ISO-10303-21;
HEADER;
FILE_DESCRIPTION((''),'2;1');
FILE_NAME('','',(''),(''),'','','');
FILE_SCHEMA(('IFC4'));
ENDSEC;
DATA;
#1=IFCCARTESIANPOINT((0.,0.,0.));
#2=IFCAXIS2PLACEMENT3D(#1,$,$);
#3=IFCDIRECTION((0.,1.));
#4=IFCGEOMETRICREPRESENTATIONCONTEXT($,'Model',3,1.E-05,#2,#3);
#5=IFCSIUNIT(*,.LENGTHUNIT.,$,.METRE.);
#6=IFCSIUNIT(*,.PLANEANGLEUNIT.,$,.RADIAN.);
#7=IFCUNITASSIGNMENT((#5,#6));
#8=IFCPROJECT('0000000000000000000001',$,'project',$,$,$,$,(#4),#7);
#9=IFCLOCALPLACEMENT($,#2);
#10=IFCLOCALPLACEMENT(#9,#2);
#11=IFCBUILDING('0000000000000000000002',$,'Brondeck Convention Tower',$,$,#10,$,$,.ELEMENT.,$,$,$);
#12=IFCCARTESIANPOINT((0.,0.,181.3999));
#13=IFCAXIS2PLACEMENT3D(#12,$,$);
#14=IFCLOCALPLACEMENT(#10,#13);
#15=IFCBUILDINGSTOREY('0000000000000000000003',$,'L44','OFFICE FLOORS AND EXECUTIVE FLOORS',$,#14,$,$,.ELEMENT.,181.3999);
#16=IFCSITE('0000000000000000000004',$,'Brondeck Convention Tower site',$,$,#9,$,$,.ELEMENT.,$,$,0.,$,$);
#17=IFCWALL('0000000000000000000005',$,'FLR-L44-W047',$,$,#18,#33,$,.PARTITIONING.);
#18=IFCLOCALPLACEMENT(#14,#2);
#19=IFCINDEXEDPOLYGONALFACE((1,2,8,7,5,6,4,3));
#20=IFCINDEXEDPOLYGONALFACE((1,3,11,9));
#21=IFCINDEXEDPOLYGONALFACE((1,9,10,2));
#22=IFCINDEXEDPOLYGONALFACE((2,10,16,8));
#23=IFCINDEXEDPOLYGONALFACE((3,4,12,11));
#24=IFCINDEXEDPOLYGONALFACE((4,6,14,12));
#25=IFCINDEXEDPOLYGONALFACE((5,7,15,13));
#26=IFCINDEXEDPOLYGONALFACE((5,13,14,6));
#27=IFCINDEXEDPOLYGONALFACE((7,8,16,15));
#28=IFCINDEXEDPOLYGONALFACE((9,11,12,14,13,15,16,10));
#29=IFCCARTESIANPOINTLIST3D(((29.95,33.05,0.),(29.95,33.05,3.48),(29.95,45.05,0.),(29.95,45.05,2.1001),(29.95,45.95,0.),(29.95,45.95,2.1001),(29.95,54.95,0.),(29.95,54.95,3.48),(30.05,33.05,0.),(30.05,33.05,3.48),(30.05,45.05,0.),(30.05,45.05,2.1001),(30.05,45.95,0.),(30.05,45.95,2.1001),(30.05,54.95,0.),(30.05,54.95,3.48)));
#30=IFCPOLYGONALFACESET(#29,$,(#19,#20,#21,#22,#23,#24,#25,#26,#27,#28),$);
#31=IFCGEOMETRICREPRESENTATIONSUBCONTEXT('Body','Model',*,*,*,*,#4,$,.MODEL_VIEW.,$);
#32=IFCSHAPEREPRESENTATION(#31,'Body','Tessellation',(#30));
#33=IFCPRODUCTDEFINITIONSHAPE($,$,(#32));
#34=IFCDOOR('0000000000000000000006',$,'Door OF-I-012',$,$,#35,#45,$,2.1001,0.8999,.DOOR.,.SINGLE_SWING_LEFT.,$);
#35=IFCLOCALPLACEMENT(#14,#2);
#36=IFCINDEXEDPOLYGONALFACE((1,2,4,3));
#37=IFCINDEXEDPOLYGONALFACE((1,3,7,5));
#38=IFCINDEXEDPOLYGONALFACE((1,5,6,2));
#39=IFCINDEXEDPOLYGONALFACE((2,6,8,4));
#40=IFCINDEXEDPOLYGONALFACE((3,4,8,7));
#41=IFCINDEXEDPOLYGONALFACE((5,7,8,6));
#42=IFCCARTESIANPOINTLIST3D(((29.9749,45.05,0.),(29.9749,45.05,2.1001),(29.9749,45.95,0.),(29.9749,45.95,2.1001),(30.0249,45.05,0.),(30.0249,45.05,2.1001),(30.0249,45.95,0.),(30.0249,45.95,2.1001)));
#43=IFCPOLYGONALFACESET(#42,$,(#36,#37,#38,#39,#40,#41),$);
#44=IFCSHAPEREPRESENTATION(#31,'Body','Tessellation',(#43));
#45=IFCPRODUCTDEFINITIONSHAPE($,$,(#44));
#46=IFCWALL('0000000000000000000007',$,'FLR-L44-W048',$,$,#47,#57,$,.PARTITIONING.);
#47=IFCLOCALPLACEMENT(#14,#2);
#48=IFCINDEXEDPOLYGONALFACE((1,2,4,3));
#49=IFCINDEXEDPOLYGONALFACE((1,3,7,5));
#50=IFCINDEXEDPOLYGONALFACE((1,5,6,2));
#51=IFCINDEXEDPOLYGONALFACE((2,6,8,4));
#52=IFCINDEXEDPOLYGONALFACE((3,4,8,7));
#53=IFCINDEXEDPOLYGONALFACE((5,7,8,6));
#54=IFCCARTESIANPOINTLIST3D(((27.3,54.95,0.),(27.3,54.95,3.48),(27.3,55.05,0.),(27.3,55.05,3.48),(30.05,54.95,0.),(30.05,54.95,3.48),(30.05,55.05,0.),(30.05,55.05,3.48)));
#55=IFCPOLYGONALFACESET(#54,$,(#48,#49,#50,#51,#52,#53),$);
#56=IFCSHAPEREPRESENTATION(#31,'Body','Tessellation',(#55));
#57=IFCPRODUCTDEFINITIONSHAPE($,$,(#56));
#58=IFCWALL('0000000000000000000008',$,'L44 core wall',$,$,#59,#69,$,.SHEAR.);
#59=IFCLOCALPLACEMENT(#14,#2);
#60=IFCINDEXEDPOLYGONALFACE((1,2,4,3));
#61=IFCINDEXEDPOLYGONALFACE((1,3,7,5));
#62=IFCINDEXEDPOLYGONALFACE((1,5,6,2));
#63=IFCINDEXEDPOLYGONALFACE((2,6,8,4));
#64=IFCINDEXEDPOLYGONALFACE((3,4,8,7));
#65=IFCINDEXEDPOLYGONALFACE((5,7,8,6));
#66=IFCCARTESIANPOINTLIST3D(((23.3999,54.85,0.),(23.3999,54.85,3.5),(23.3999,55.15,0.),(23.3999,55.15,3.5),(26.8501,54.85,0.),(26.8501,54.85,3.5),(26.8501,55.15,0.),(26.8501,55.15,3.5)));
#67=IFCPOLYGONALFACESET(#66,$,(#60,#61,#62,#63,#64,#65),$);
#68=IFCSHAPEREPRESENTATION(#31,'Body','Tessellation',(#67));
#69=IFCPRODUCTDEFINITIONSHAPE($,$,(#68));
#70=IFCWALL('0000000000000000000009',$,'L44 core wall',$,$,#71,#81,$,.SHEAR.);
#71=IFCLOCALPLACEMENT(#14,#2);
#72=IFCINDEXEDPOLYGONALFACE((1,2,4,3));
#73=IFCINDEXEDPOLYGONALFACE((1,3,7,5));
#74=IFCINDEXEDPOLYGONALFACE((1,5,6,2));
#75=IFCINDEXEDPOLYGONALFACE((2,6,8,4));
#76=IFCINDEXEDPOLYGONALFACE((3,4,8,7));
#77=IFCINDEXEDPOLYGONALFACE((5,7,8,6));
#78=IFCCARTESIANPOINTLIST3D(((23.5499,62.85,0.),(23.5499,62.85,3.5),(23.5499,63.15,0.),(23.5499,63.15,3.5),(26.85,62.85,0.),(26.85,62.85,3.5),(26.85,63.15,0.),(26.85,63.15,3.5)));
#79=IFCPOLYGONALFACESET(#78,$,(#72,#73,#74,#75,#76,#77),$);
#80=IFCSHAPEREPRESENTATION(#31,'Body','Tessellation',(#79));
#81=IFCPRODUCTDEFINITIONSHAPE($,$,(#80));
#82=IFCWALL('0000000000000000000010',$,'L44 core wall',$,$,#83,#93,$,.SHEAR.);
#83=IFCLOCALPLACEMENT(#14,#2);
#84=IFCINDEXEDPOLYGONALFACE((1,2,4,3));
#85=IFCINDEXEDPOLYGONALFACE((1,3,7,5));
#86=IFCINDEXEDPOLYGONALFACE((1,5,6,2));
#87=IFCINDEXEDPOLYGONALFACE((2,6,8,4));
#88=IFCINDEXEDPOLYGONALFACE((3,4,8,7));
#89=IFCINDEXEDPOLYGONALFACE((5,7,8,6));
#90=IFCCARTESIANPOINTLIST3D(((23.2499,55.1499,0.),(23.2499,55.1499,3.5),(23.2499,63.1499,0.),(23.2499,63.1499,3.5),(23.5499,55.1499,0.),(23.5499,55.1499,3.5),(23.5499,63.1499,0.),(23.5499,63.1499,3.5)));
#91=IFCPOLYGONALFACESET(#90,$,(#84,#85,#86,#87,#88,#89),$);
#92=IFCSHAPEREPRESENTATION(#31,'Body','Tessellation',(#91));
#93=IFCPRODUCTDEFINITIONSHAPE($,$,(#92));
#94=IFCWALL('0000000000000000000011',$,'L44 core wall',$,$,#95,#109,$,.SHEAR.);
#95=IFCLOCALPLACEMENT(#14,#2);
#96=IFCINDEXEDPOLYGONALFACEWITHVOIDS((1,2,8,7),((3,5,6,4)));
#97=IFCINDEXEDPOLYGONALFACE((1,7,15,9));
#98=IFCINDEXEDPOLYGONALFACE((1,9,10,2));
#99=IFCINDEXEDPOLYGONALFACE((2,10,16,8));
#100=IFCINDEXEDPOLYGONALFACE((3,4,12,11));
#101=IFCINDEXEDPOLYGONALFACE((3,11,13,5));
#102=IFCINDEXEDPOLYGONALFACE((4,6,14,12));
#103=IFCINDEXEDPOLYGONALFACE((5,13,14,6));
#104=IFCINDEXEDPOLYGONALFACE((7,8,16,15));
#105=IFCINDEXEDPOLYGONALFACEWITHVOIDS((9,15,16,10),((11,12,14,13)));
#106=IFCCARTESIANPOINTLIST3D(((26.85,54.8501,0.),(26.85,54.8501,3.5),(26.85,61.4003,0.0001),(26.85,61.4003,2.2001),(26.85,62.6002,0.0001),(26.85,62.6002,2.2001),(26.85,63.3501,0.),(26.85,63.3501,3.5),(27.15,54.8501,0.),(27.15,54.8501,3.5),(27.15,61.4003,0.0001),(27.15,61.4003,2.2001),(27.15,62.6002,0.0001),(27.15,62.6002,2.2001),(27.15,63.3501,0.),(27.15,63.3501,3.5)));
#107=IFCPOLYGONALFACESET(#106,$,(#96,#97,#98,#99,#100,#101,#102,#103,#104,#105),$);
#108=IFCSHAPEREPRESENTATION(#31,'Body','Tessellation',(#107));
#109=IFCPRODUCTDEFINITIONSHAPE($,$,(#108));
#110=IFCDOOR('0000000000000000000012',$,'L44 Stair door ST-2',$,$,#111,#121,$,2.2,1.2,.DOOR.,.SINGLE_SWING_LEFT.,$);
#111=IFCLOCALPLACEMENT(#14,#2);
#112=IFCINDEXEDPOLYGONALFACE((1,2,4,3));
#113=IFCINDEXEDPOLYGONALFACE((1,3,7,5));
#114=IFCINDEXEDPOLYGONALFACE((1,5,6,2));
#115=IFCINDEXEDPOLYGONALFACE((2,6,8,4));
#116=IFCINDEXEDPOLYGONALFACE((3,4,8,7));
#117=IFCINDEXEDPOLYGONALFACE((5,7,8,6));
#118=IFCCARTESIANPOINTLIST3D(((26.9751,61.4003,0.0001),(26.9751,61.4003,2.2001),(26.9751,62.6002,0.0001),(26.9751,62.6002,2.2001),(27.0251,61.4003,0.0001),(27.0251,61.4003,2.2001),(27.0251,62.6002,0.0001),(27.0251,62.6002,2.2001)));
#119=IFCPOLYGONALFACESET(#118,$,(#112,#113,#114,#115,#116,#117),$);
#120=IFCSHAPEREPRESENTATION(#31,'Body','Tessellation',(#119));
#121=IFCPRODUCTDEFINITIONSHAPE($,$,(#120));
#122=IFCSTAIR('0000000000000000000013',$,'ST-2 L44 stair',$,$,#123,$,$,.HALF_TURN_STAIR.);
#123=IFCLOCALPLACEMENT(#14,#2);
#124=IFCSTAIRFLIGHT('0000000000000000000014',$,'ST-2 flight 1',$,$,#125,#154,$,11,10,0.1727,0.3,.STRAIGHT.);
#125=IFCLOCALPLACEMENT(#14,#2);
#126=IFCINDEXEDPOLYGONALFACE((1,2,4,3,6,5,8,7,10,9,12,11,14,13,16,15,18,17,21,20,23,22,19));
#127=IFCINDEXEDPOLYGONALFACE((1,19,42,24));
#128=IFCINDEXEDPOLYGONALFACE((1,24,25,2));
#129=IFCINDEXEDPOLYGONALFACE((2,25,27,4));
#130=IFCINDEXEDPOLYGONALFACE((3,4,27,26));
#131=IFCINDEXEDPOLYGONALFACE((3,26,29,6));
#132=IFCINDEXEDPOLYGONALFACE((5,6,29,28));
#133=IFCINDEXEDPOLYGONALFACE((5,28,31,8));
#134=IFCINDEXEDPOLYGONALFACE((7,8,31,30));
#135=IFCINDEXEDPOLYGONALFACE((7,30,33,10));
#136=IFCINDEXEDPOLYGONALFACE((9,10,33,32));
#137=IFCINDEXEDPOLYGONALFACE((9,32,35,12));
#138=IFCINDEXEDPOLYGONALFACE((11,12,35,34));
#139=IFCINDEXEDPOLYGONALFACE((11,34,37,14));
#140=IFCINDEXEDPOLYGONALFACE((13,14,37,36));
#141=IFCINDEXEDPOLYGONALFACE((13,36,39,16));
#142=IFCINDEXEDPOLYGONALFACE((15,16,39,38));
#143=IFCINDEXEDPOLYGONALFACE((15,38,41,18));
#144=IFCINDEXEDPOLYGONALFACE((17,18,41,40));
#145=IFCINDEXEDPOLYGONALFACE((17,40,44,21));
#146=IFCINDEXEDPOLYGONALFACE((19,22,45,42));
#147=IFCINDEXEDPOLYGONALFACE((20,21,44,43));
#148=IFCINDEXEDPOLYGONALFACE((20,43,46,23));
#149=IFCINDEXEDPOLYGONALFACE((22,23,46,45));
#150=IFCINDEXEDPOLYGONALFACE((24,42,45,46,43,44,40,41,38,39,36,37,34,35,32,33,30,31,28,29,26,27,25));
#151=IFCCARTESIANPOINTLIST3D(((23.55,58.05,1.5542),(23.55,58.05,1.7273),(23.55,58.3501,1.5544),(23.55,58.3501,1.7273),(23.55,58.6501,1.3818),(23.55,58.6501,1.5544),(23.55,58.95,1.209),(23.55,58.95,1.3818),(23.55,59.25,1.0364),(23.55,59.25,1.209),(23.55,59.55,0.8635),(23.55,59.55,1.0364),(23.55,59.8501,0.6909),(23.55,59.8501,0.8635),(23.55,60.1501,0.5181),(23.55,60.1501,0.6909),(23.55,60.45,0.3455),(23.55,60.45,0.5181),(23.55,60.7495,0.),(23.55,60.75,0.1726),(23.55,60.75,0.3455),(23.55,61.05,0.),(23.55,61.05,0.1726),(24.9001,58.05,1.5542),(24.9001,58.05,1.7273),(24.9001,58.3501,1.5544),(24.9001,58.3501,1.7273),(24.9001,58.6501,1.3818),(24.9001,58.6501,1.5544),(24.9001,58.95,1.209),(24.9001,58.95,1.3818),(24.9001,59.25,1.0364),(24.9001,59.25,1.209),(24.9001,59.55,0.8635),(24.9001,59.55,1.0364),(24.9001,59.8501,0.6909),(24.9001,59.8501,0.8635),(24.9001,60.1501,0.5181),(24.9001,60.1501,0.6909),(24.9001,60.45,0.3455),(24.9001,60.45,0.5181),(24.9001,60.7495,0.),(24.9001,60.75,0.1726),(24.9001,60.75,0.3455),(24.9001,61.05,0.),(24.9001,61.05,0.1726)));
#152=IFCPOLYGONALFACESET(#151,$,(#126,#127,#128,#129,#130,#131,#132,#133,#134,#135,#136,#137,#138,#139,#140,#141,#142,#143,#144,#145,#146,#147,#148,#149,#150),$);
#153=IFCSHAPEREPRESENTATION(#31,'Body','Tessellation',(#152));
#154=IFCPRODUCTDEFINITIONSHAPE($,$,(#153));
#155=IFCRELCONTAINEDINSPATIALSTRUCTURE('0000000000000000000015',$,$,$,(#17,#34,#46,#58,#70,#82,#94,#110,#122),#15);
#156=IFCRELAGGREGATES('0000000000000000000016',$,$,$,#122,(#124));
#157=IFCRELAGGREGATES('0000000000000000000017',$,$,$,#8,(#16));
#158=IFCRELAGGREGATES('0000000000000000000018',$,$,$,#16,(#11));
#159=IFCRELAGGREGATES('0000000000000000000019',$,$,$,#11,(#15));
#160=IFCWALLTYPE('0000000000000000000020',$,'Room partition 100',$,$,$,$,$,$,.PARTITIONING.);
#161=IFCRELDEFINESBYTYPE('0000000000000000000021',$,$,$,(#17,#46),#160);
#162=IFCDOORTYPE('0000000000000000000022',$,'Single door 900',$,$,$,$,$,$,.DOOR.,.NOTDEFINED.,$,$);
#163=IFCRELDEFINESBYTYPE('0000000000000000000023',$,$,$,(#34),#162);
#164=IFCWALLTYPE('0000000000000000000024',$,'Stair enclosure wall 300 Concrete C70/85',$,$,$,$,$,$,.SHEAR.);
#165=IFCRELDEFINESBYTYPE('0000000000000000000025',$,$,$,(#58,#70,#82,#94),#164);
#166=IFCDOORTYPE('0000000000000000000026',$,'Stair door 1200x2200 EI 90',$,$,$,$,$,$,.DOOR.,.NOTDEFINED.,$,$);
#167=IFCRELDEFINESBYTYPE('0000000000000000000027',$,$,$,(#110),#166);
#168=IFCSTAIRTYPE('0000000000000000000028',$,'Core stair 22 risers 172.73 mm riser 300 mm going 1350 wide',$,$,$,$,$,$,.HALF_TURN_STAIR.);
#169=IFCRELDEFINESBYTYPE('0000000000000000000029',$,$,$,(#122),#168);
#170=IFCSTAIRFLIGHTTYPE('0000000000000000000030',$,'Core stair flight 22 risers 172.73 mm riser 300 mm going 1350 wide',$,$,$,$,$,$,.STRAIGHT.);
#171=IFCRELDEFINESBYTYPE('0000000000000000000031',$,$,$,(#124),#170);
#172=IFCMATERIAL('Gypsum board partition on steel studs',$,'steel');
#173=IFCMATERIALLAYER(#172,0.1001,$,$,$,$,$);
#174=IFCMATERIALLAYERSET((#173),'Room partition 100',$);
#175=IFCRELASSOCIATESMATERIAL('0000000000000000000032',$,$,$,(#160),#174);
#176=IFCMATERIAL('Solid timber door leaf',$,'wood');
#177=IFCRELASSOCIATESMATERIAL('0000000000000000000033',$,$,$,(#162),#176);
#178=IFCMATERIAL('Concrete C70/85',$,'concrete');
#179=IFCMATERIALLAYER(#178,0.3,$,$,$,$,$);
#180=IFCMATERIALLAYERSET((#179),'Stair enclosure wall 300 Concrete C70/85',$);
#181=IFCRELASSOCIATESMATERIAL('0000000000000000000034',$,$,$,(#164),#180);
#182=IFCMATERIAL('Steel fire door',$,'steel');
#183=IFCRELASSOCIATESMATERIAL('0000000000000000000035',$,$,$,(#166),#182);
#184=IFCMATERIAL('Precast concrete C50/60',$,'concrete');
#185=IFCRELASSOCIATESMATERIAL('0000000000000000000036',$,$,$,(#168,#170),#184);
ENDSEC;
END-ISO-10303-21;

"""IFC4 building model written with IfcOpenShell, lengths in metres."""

from ifc_helpers import new_model, si_unit, direction, frame, frame_2d, origin, place, context, subcontext, project, spatial, polyline, rectangle, outline, extrude, material, layer, layer_set, type_object, element, fill, aggregate, save


model = new_model("IFC4")

# Units and contexts
model_context = context("Model", 3, precision=1e-05, world=origin(), true_north=direction((0.0, 1.0)))
body_context = subcontext(model_context, "Body", "Model", "MODEL_VIEW")
ifc_project = project(units=[si_unit("LENGTHUNIT", "METRE"), si_unit("PLANEANGLEUNIT", "RADIAN")], contexts=[model_context])

# Site, building, storey
site_placement = place(None, origin())
site = spatial("IfcSite", under=ifc_project, at=site_placement, Name="Brondeck Convention Tower site", CompositionType="ELEMENT", RefElevation=0.0)
building_placement = place(site_placement, origin())
building = spatial("IfcBuilding", under=site, at=building_placement, Name="Brondeck Convention Tower", CompositionType="ELEMENT")
storey_placement = place(building_placement, frame((0.0, 0.0, 181.3999)))
storey = spatial("IfcBuildingStorey", under=building, at=storey_placement, Name="L44", Description="OFFICE FLOORS AND EXECUTIVE FLOORS", CompositionType="ELEMENT", Elevation=181.3999)

# Shared definitions
ifc_material_1 = material(Name="Concrete C70/85", Category="concrete")

# Shared definitions
ifc_material_2 = material(Name="Steel fire door", Category="steel")

# Wall, opening, door
ifc_material_3 = material(Name="Gypsum board partition on steel studs", Category="steel")
ifc_layer_1 = layer(ifc_material_3, 0.1001)
ifc_layer_set_1 = layer_set([ifc_layer_1], Name="Room partition 100")
wall_type_1 = type_object("IfcWallType", Name="Room partition 100", PredefinedType="PARTITIONING", material=ifc_layer_set_1)
wall_1_placement = place(storey_placement, frame((30.0, 54.95, 0.0), z_axis=(0.0, 0.0, 1.0), x_axis=(0.0, -1.0, 0.0)))
wall_1 = element("IfcWall", 1, at=wall_1_placement, inside=storey, type_object=wall_type_1, Name="FLR-L44-W047", PredefinedType="PARTITIONING", context=body_context, shape_type="SweptSolid", body=[
    extrude(rectangle(XDim=21.8999, YDim=0.1001, at=frame_2d((10.95, 0.0))), origin(), (0.0, 0.0, 1.0), 3.48),
])
opening_1_placement = place(wall_1_placement, frame((9.0, 0.0, 0.0)))
opening_1 = element("IfcOpeningElement", 2, at=opening_1_placement, cuts=wall_1, PredefinedType="OPENING", context=body_context, shape_type="SweptSolid", body=[
    extrude(rectangle(XDim=0.8999, YDim=2.1001, at=frame_2d((0.45, 1.05))), frame((0.0, 0.0601, 0.0), z_axis=(0.0, -1.0, 0.0), x_axis=(1.0, 0.0, 0.0)), (0.0, 0.0, 1.0), 0.1201),
])
ifc_material_4 = material(Name="Solid timber door leaf", Category="wood")
door_type_1 = type_object("IfcDoorType", Name="Single door 900", OperationType="NOTDEFINED", PredefinedType="DOOR", material=ifc_material_4)
door_1_placement = place(opening_1_placement, origin())
door_1 = element("IfcDoor", 3, at=door_1_placement, inside=storey, type_object=door_type_1, Name="Door OF-I-012", OperationType="SINGLE_SWING_LEFT", OverallHeight=2.1001, OverallWidth=0.8999, PredefinedType="DOOR", context=body_context, shape_type="SweptSolid", body=[
    extrude(rectangle(XDim=0.8999, YDim=2.1001, at=frame_2d((0.45, 1.05))), frame((0.0, 0.0249, 0.0), z_axis=(0.0, -1.0, 0.0), x_axis=(1.0, 0.0, 0.0)), (0.0, 0.0, 1.0), 0.05),
])
fill(opening_1, door_1)

# Walls
wall_2_placement = place(storey_placement, frame((27.3, 55.0, 0.0), z_axis=(0.0, 0.0, 1.0), x_axis=(1.0, 0.0, 0.0)))
element("IfcWall", 4, at=wall_2_placement, inside=storey, type_object=wall_type_1, Name="FLR-L44-W048", PredefinedType="PARTITIONING", context=body_context, shape_type="SweptSolid", body=[
    extrude(rectangle(XDim=2.75, YDim=0.1001, at=frame_2d((1.375, 0.0))), origin(), (0.0, 0.0, 1.0), 3.48),
])
ifc_layer_2 = layer(ifc_material_1, 0.3)
ifc_layer_set_2 = layer_set([ifc_layer_2], Name="Stair enclosure wall 300 Concrete C70/85")
wall_type_2 = type_object("IfcWallType", Name="Stair enclosure wall 300 Concrete C70/85", PredefinedType="SHEAR", material=ifc_layer_set_2)
wall_3_placement = place(storey_placement, frame((23.3999, 55.0, 0.0), z_axis=(0.0, 0.0, 1.0), x_axis=(1.0, 0.0, 0.0)))
element("IfcWall", 5, at=wall_3_placement, inside=storey, type_object=wall_type_2, Name="L44 core wall", PredefinedType="SHEAR", context=body_context, shape_type="SweptSolid", body=[
    extrude(rectangle(XDim=3.4502, YDim=0.3, at=frame_2d((1.7251, 0.0))), origin(), (0.0, 0.0, 1.0), 3.5),
])
wall_4_placement = place(storey_placement, frame((23.55, 63.0, 0.0), z_axis=(0.0, 0.0, 1.0), x_axis=(1.0, 0.0, 0.0)))
element("IfcWall", 6, at=wall_4_placement, inside=storey, type_object=wall_type_2, Name="L44 core wall", PredefinedType="SHEAR", context=body_context, shape_type="SweptSolid", body=[
    extrude(rectangle(XDim=3.3, YDim=0.3, at=frame_2d((1.6499, 0.0))), origin(), (0.0, 0.0, 1.0), 3.5),
])
wall_5_placement = place(storey_placement, frame((23.3999, 55.1499, 0.0), z_axis=(0.0, 0.0, 1.0), x_axis=(0.0, 1.0, 0.0)))
element("IfcWall", 7, at=wall_5_placement, inside=storey, type_object=wall_type_2, Name="L44 core wall", PredefinedType="SHEAR", context=body_context, shape_type="SweptSolid", body=[
    extrude(rectangle(XDim=8.0, YDim=0.3, at=frame_2d((4.0, 0.0))), origin(), (0.0, 0.0, 1.0), 3.5),
])

# Wall, opening, door
wall_6_placement = place(storey_placement, frame((27.0, 54.8501, 0.0), z_axis=(0.0, 0.0, 1.0), x_axis=(0.0, 1.0, 0.0)))
wall_6 = element("IfcWall", 8, at=wall_6_placement, inside=storey, type_object=wall_type_2, Name="L44 core wall", PredefinedType="SHEAR", context=body_context, shape_type="SweptSolid", body=[
    extrude(rectangle(XDim=8.5, YDim=0.3, at=frame_2d((4.25, 0.0))), origin(), (0.0, 0.0, 1.0), 3.5),
])
opening_2_placement = place(wall_6_placement, frame((6.55, 0.0, 0.0)))
opening_2 = element("IfcOpeningElement", 9, at=opening_2_placement, cuts=wall_6, PredefinedType="OPENING", context=body_context, shape_type="SweptSolid", body=[
    extrude(rectangle(XDim=1.2, YDim=2.2, at=frame_2d((0.6001, 1.1001))), frame((0.0, 0.1599, 0.0), z_axis=(0.0, -1.0, 0.0), x_axis=(1.0, 0.0, 0.0)), (0.0, 0.0, 1.0), 0.3201),
])
door_type_2 = type_object("IfcDoorType", Name="Stair door 1200x2200 EI 90", OperationType="NOTDEFINED", PredefinedType="DOOR", material=ifc_material_2)
door_2_placement = place(opening_2_placement, origin())
door_2 = element("IfcDoor", 10, at=door_2_placement, inside=storey, type_object=door_type_2, Name="L44 Stair door ST-2", OperationType="SINGLE_SWING_LEFT", OverallHeight=2.2, OverallWidth=1.2, PredefinedType="DOOR", context=body_context, shape_type="SweptSolid", body=[
    extrude(rectangle(XDim=1.2, YDim=2.2, at=frame_2d((0.6001, 1.1001))), frame((0.0, 0.0249, 0.0), z_axis=(0.0, -1.0, 0.0), x_axis=(1.0, 0.0, 0.0)), (0.0, 0.0, 1.0), 0.05),
])
fill(opening_2, door_2)

# Stair, stair flight
ifc_material_5 = material(Name="Precast concrete C50/60", Category="concrete")
stair_type = type_object("IfcStairType", Name="Core stair 22 risers 172.73 mm riser 300 mm going 1350 wide", PredefinedType="HALF_TURN_STAIR", material=ifc_material_5)
stair_placement = place(storey_placement, origin())
stair = element("IfcStair", 11, at=stair_placement, inside=storey, type_object=stair_type, Name="ST-2 L44 stair", PredefinedType="HALF_TURN_STAIR")
stair_flight_type = type_object("IfcStairFlightType", Name="Core stair flight 22 risers 172.73 mm riser 300 mm going 1350 wide", PredefinedType="STRAIGHT", material=ifc_material_5)
stair_flight_1_placement = place(storey_placement, frame((24.2251, 61.05, 0.0), z_axis=(0.0, 0.0, 1.0), x_axis=(0.0, -1.0, 0.0)))
stair_flight_1 = element("IfcStairFlight", 12, at=stair_flight_1_placement, type_object=stair_flight_type, Name="ST-2 flight 1", NumberOfRisers=11, NumberOfTreads=10, PredefinedType="STRAIGHT", RiserHeight=0.1727, TreadLength=0.3, context=body_context, shape_type="SweptSolid", body=[
    extrude(outline(polyline([(0.0, 0.0), (0.0, 0.1726), (0.3, 0.1726), (0.3, 0.3455), (0.6001, 0.3455), (0.6001, 0.5181), (0.8999, 0.5181), (0.8999, 0.6909), (1.2, 0.6909), (1.2, 0.8635), (1.5, 0.8635), (1.5, 1.0364), (1.8, 1.0364), (1.8, 1.209), (2.1001, 1.209), (2.1001, 1.3818), (2.3999, 1.3818), (2.3999, 1.5544), (2.7, 1.5544), (2.7, 1.7273), (3.0, 1.7273), (3.0, 1.8999), (3.0, 1.5542), (0.3005, 0.0), (0.0, 0.0)])), frame((0.0, 0.675, 0.0), z_axis=(0.0, -1.0, 0.0), x_axis=(1.0, 0.0, 0.0)), (0.0, 0.0, 1.0), 1.3501),
])
aggregate(stair, [stair_flight_1])

save(model, "model.ifc")
